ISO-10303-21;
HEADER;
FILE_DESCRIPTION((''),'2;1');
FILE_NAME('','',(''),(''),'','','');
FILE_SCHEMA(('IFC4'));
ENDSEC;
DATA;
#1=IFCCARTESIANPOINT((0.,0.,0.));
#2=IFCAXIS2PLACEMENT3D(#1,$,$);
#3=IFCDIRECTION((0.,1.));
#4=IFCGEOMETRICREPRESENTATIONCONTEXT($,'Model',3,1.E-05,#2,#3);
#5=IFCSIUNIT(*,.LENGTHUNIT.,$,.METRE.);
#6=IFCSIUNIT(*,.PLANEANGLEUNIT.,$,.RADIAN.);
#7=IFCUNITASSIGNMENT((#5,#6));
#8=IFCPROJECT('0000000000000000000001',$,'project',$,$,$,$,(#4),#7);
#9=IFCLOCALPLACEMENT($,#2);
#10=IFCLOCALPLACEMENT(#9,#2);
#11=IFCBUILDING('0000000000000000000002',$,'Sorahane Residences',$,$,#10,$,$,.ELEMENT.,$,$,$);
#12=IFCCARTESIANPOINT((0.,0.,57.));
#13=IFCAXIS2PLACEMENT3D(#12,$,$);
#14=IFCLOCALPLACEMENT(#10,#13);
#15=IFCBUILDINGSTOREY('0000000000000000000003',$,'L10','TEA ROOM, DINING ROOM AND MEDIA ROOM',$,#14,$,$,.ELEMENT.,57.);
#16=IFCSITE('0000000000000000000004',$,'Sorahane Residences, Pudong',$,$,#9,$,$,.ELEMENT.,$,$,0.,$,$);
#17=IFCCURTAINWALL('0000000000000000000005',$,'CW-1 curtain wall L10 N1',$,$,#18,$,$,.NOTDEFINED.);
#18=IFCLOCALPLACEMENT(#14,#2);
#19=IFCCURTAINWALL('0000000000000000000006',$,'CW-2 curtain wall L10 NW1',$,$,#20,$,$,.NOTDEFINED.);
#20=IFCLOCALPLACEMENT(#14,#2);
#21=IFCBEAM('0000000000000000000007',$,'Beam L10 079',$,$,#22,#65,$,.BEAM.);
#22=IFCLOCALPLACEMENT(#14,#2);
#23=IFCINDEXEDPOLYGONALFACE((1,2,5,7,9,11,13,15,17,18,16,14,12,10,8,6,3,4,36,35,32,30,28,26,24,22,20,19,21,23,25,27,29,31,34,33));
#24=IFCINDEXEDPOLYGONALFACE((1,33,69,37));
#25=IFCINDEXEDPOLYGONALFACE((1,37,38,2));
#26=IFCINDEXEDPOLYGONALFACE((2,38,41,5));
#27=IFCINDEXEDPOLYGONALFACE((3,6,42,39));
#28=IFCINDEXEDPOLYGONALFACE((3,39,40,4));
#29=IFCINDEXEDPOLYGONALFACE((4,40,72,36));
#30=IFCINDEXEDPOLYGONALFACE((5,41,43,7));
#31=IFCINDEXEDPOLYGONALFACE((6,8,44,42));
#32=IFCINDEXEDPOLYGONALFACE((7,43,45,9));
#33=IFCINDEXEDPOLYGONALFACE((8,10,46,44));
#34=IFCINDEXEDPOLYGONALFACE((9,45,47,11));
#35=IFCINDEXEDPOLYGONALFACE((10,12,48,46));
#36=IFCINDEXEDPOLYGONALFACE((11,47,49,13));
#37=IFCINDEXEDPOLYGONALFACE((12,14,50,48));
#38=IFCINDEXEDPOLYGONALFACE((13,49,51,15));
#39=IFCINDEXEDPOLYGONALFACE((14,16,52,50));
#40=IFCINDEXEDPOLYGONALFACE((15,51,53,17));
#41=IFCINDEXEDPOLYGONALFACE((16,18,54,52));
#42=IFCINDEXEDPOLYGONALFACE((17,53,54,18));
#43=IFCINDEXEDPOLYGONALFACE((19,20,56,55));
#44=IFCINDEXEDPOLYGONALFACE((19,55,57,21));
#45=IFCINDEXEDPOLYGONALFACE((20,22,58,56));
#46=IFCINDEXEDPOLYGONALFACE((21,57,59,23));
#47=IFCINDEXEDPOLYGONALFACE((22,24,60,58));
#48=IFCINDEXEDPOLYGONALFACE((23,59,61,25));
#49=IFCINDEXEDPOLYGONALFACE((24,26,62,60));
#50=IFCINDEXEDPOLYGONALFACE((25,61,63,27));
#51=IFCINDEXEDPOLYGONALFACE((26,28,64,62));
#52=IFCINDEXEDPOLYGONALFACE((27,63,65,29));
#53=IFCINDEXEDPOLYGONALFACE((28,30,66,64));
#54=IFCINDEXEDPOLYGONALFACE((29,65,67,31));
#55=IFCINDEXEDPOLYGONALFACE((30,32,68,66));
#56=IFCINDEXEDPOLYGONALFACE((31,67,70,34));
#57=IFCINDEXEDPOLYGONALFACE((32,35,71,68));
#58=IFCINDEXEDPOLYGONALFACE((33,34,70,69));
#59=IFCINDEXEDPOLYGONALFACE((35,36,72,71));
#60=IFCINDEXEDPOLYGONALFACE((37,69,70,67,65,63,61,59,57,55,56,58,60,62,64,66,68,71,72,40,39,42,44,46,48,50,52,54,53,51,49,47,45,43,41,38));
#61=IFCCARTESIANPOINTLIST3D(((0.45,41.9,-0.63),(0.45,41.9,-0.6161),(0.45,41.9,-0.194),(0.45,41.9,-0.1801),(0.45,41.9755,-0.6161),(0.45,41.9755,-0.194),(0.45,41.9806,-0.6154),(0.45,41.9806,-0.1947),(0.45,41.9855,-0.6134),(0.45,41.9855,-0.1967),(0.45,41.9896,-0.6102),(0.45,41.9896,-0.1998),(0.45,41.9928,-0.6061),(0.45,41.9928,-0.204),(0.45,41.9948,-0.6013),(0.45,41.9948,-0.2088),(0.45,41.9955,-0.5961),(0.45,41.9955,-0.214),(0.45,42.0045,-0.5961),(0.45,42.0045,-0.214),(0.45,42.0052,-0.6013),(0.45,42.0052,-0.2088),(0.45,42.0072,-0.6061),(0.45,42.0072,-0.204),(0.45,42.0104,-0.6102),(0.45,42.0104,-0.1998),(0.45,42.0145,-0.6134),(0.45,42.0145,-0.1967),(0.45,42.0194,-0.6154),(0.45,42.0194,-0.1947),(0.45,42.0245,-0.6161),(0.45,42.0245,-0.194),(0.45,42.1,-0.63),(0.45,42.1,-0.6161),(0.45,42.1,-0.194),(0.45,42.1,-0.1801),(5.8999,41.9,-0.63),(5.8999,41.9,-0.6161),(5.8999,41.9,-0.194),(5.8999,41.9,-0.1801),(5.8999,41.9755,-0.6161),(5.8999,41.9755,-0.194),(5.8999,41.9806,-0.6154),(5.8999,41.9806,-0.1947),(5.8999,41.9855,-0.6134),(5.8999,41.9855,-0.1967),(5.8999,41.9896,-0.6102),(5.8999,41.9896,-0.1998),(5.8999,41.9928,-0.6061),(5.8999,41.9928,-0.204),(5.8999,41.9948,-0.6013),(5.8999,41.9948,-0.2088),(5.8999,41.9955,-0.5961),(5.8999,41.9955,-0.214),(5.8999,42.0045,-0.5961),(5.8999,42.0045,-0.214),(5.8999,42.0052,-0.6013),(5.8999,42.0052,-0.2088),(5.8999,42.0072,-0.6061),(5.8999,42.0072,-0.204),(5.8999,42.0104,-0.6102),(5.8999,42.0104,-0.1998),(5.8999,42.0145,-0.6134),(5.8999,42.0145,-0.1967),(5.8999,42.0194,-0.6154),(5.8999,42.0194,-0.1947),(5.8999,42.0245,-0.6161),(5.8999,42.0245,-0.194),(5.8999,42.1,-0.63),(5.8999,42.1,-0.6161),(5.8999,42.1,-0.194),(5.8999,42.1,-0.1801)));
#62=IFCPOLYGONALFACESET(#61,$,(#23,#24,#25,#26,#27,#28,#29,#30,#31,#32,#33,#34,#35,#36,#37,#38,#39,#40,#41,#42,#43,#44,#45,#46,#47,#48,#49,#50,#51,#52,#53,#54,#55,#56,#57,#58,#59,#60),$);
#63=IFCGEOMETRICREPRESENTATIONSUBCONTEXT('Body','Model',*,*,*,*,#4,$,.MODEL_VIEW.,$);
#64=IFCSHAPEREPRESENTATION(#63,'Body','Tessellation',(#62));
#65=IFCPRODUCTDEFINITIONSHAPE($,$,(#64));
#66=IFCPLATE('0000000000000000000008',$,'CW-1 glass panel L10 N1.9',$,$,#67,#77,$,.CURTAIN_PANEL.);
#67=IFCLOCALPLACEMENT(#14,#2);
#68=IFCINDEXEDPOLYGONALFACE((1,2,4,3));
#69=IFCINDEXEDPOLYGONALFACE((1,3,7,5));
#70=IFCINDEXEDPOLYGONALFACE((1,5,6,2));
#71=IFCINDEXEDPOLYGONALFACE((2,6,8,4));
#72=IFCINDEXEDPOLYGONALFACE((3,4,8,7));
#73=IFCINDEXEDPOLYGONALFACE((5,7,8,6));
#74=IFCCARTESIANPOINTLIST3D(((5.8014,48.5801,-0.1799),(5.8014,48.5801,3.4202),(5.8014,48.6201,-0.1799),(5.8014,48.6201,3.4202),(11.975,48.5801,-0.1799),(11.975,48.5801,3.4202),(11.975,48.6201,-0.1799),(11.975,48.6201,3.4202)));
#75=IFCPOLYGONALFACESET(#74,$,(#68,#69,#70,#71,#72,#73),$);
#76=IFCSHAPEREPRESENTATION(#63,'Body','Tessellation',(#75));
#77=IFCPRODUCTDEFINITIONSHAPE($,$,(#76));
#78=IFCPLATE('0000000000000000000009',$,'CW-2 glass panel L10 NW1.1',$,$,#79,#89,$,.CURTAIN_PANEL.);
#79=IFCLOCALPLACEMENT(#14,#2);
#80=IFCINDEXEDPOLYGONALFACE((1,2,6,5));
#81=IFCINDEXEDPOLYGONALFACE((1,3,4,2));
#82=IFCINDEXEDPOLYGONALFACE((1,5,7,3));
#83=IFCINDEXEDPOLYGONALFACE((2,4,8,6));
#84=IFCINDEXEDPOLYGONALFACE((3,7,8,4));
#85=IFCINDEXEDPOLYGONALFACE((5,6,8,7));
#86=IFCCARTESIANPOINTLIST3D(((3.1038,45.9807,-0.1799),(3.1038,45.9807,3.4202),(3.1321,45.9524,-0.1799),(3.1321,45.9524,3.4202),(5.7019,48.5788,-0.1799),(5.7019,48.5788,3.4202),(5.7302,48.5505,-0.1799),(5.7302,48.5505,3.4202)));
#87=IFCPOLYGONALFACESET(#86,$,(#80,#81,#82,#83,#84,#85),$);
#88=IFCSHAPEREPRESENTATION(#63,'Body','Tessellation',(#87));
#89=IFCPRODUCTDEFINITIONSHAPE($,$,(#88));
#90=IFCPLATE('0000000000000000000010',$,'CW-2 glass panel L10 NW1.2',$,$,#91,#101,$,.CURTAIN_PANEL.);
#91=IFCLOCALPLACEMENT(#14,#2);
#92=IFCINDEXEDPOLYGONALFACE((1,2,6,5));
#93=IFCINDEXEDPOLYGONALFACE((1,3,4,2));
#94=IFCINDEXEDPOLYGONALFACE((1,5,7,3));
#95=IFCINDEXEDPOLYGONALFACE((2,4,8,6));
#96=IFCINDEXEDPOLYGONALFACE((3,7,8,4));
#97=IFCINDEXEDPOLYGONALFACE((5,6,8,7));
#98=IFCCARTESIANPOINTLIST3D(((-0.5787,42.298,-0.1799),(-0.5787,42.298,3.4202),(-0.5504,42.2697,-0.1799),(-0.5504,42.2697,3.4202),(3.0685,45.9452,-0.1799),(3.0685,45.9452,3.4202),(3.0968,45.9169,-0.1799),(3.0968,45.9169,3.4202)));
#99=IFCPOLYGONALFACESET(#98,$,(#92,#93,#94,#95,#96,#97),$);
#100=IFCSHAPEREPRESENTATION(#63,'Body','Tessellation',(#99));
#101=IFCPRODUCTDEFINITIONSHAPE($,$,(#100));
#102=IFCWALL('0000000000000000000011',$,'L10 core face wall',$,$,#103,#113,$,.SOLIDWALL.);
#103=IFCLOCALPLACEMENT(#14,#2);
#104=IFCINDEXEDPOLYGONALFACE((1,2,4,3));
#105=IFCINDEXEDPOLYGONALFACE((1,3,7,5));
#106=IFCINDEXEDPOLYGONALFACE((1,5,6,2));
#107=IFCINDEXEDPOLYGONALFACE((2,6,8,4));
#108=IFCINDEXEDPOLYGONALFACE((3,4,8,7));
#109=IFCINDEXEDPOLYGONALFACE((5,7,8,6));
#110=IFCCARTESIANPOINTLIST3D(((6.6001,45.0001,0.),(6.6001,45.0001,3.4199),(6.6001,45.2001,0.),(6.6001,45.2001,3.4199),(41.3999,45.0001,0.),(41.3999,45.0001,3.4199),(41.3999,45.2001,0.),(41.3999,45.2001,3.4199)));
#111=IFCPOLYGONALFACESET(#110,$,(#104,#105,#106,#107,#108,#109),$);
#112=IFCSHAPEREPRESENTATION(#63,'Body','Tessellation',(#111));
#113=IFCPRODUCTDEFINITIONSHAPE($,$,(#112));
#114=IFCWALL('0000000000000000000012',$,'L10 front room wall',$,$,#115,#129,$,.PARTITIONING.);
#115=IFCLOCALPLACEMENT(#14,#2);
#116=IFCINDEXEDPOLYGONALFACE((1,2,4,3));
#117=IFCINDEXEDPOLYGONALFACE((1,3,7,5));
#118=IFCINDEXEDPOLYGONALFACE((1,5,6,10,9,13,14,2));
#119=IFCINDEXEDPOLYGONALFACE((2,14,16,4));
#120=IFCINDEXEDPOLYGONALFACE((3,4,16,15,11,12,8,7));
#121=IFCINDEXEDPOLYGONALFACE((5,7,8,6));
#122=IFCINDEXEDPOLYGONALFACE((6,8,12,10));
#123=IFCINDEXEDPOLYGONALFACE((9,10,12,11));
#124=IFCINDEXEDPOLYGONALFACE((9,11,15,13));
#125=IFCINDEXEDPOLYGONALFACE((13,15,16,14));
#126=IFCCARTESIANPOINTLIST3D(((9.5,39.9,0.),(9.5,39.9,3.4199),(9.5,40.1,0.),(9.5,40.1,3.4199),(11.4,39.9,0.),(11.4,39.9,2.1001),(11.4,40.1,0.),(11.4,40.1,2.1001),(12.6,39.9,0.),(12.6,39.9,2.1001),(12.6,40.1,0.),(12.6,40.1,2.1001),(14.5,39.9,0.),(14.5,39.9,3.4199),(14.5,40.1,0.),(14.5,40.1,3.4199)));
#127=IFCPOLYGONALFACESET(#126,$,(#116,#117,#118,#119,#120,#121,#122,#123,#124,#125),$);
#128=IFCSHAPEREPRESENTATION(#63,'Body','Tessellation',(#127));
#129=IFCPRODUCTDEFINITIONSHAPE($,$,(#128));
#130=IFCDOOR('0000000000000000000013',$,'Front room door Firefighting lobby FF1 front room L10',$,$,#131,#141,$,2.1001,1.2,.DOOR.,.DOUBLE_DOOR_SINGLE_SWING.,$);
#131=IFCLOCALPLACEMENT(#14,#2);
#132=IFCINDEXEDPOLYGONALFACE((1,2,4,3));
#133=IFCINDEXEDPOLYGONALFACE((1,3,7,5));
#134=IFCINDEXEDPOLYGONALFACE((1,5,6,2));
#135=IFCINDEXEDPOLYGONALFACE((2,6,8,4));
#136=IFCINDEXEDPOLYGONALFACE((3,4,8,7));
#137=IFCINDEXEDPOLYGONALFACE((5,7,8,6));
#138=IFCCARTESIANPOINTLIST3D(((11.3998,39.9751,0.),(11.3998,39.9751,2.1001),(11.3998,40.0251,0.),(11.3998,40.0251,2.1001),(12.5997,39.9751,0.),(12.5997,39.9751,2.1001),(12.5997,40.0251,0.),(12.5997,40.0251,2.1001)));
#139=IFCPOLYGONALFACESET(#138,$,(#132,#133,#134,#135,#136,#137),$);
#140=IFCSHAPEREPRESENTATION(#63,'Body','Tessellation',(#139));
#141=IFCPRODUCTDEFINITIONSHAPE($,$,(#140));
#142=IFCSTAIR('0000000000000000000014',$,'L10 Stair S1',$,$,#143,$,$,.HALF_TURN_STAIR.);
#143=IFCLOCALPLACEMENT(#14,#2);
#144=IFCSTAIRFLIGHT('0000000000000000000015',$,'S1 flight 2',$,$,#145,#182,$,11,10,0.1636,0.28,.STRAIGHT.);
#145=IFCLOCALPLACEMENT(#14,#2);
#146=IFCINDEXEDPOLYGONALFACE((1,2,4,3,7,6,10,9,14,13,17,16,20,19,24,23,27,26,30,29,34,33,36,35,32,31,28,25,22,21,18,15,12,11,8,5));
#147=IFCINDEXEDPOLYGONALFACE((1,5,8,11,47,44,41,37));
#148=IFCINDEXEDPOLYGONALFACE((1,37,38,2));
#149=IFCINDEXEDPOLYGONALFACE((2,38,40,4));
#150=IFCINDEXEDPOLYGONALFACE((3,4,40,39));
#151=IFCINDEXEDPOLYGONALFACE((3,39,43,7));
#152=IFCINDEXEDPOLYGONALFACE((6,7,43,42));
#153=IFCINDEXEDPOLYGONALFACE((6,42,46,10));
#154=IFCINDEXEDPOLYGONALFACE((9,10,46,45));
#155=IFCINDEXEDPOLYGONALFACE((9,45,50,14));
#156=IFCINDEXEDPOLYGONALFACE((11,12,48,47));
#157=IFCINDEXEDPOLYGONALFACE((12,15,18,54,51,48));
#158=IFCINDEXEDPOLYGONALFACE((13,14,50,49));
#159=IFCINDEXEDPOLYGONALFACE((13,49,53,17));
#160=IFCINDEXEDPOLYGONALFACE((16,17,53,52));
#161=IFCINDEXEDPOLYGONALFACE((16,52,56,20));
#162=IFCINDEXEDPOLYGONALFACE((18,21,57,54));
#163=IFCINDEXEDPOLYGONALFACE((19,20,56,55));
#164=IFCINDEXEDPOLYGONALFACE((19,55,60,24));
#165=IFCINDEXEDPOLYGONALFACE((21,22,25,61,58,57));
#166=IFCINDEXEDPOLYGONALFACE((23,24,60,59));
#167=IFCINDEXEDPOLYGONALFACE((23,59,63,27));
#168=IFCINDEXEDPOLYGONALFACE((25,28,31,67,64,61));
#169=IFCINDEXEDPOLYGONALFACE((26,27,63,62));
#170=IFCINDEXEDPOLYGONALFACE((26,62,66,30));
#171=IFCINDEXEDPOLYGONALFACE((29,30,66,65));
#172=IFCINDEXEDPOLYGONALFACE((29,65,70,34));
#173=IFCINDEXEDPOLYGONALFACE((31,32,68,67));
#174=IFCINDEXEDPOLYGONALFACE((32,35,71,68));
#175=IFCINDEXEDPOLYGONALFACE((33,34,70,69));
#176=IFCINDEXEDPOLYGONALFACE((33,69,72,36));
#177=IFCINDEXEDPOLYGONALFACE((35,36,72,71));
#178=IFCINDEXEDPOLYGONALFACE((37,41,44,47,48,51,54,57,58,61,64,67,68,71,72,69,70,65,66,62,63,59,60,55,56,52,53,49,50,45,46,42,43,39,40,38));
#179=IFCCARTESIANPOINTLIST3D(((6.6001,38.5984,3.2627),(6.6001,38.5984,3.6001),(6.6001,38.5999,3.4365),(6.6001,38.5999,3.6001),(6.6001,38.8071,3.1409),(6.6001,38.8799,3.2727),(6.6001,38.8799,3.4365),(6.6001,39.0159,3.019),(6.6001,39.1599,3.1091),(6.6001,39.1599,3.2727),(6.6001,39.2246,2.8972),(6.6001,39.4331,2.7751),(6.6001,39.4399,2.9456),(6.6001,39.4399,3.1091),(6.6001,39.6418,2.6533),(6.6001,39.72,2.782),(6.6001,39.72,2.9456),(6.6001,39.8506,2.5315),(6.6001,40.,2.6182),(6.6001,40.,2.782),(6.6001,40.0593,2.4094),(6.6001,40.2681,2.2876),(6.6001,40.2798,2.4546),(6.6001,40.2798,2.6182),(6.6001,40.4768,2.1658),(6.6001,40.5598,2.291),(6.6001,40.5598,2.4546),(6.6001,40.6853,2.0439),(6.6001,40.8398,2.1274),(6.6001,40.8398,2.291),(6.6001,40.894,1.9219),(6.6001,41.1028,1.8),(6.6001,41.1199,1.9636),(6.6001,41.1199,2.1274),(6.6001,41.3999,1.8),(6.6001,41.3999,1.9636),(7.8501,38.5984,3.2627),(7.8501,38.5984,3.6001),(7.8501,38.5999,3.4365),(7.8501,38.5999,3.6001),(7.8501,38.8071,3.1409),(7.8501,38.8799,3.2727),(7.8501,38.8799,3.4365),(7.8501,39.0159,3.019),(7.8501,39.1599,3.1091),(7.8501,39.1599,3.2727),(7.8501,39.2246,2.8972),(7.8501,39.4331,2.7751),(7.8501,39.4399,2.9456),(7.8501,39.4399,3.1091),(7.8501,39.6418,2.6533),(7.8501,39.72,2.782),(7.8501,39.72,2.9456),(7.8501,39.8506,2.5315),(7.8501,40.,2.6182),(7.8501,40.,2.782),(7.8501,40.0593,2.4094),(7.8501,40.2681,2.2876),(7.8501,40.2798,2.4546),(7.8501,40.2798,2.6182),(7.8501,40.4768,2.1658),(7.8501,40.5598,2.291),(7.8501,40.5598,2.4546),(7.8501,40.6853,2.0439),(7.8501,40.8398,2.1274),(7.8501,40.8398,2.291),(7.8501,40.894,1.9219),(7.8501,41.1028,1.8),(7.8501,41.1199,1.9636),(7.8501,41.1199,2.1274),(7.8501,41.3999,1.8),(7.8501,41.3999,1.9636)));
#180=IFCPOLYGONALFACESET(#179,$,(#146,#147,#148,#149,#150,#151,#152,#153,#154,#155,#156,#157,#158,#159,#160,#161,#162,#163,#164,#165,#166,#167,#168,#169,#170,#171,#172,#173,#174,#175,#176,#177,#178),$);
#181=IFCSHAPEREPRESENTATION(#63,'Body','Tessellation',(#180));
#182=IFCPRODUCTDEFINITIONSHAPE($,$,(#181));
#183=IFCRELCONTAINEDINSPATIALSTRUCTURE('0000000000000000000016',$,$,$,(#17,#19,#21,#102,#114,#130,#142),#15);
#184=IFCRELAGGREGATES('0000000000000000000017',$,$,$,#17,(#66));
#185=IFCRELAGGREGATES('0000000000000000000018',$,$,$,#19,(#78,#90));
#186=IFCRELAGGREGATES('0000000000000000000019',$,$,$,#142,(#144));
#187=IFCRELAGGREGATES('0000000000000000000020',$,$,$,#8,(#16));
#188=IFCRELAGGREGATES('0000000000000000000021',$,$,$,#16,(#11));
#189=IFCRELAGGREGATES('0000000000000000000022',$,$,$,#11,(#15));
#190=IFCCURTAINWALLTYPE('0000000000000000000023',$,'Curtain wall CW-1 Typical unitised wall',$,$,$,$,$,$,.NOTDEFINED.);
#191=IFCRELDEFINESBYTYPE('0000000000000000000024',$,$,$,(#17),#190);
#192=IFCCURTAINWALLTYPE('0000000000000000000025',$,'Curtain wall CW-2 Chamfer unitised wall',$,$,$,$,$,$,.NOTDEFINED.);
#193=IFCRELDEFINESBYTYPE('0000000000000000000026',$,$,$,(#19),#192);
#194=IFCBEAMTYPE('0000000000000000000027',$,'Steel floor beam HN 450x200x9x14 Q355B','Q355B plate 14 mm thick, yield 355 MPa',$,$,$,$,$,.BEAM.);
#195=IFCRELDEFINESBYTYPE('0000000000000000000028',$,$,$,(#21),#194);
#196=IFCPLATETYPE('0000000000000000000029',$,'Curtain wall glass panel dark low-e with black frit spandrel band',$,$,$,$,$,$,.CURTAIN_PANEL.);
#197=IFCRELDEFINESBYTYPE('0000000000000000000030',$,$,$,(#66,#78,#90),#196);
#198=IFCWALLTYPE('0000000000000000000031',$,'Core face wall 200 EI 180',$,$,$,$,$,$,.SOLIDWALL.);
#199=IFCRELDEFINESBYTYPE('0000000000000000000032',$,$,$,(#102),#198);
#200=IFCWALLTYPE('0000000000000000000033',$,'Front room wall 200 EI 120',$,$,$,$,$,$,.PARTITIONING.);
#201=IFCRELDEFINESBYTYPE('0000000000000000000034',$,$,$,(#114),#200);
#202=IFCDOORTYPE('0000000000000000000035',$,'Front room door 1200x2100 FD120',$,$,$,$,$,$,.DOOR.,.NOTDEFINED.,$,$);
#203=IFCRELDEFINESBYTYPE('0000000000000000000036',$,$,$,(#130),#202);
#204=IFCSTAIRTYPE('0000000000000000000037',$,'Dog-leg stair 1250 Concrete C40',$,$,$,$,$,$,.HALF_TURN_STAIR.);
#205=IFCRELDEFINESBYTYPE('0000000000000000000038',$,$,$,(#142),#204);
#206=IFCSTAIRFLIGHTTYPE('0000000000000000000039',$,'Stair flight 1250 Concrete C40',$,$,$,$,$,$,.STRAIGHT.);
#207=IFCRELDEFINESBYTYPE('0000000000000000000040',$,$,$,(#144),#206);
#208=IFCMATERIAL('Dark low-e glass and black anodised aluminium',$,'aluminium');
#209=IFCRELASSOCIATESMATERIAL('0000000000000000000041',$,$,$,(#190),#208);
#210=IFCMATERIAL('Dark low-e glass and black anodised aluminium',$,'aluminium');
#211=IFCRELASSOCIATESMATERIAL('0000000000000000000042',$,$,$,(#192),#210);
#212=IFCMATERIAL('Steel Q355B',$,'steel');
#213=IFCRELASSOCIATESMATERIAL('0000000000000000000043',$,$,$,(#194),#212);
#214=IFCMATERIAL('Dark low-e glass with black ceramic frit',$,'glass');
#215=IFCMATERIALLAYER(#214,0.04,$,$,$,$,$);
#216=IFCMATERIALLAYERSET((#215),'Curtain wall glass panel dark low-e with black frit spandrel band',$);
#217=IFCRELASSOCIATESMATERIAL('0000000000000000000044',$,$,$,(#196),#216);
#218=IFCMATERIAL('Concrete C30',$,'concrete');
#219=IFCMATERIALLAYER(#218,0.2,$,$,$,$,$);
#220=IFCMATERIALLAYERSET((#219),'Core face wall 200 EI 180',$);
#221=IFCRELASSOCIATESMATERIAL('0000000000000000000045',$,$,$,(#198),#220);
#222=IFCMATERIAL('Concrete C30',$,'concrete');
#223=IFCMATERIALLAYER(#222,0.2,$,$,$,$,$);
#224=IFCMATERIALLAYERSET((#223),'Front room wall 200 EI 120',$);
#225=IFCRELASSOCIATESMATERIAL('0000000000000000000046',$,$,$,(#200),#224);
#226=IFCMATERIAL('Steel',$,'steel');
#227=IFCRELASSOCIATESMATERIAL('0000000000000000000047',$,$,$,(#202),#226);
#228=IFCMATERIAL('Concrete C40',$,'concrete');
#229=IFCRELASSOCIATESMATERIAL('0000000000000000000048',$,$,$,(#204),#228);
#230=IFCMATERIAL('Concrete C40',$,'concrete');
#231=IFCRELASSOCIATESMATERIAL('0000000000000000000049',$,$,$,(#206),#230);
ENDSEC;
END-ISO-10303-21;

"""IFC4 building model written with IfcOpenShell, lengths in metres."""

from ifc_helpers import new_model, si_unit, direction, frame, frame_2d, origin, origin_2d, place, context, subcontext, project, spatial, polyline, rectangle, i_section, outline, extrude, material, layer, layer_set, material_profile, profile_set, type_object, element, fill, aggregate, save


model = new_model("IFC4")

# Units and contexts
model_context = context("Model", 3, precision=1e-05, world=origin(), true_north=direction((0.0, 1.0)))
body_context = subcontext(model_context, "Body", "Model", "MODEL_VIEW")
ifc_project = project(units=[si_unit("LENGTHUNIT", "METRE"), si_unit("PLANEANGLEUNIT", "RADIAN")], contexts=[model_context])

# Site, building, storey
site_placement = place(None, origin())
site = spatial("IfcSite", under=ifc_project, at=site_placement, Name="Sorahane Residences, Pudong", CompositionType="ELEMENT", RefElevation=0.0)
building_placement = place(site_placement, origin())
building = spatial("IfcBuilding", under=site, at=building_placement, Name="Sorahane Residences", CompositionType="ELEMENT")
storey_placement = place(building_placement, frame((0.0, 0.0, 57.0)))
storey = spatial("IfcBuildingStorey", under=building, at=storey_placement, Name="L10", Description="TEA ROOM, DINING ROOM AND MEDIA ROOM", CompositionType="ELEMENT", Elevation=57.0)

# Curtain walls
ifc_material_1 = material(Name="Dark low-e glass and black anodised aluminium", Category="aluminium")
curtain_wall_type_1 = type_object("IfcCurtainWallType", Name="Curtain wall CW-1 Typical unitised wall", PredefinedType="NOTDEFINED", material=ifc_material_1)
curtain_wall_1_placement = place(storey_placement, origin())
curtain_wall_1 = element("IfcCurtainWall", 1, at=curtain_wall_1_placement, inside=storey, type_object=curtain_wall_type_1, Name="CW-1 curtain wall L10 N1", PredefinedType="NOTDEFINED")
ifc_material_2 = material(Name="Dark low-e glass and black anodised aluminium", Category="aluminium")
curtain_wall_type_2 = type_object("IfcCurtainWallType", Name="Curtain wall CW-2 Chamfer unitised wall", PredefinedType="NOTDEFINED", material=ifc_material_2)
curtain_wall_2_placement = place(storey_placement, origin())
curtain_wall_2 = element("IfcCurtainWall", 2, at=curtain_wall_2_placement, inside=storey, type_object=curtain_wall_type_2, Name="CW-2 curtain wall L10 NW1", PredefinedType="NOTDEFINED")

# Beam
ifc_material_3 = material(Name="Steel Q355B", Category="steel")
ifc_material_profile_1 = material_profile(ifc_material_3, i_section(OverallWidth=0.2, OverallDepth=0.45, WebThickness=0.009, FlangeThickness=0.0139, FilletRadius=0.02, at=origin_2d()), Name="HN 450x200x9x14")
ifc_profile_set_1 = profile_set([ifc_material_profile_1], Name="Steel Q355B")
beam_type_1 = type_object("IfcBeamType", Name="Steel floor beam HN 450x200x9x14 Q355B", Description="Q355B plate 14 mm thick, yield 355 MPa", PredefinedType="BEAM", material=ifc_profile_set_1)
beam_1_placement = place(storey_placement, frame((0.45, 42.0, -0.405), z_axis=(1.0, 0.0, 0.0), x_axis=(0.0, 1.0, 0.0)))
element("IfcBeam", 3, at=beam_1_placement, inside=storey, type_object=beam_type_1, Name="Beam L10 079", PredefinedType="BEAM", context=body_context, shape_type="SweptSolid", body=[
    extrude(i_section(OverallWidth=0.2, OverallDepth=0.45, WebThickness=0.009, FlangeThickness=0.0139, FilletRadius=0.02, at=origin_2d()), origin(), (0.0, 0.0, 1.0), 5.45),
])

# Plates
ifc_material_4 = material(Name="Dark low-e glass with black ceramic frit", Category="glass")
ifc_layer_1 = layer(ifc_material_4, 0.04)
ifc_layer_set_1 = layer_set([ifc_layer_1], Name="Curtain wall glass panel dark low-e with black frit spandrel band")
plate_type = type_object("IfcPlateType", Name="Curtain wall glass panel dark low-e with black frit spandrel band", PredefinedType="CURTAIN_PANEL", material=ifc_layer_set_1)
plate_1_placement = place(storey_placement, frame((8.8882, 48.6001, -0.1799), z_axis=(0.0, 0.0, 1.0), x_axis=(-1.0, 0.0, 0.0)))
plate_1 = element("IfcPlate", 4, at=plate_1_placement, type_object=plate_type, Name="CW-1 glass panel L10 N1.9", PredefinedType="CURTAIN_PANEL", context=body_context, shape_type="SweptSolid", body=[
    extrude(rectangle(XDim=6.1736, YDim=0.04, at=origin_2d()), origin(), (0.0, 0.0, 1.0), 3.6001),
])
aggregate(curtain_wall_1, [plate_1])
plate_2_placement = place(storey_placement, frame((4.417, 47.2656, -0.1799), z_axis=(0.0, 0.0, 1.0), x_axis=(-0.707107, -0.707107, 0.0)))
plate_2 = element("IfcPlate", 5, at=plate_2_placement, type_object=plate_type, Name="CW-2 glass panel L10 NW1.1", PredefinedType="CURTAIN_PANEL", context=body_context, shape_type="SweptSolid", body=[
    extrude(rectangle(XDim=3.6743, YDim=0.04, at=origin_2d()), origin(), (0.0, 0.0, 1.0), 3.6001),
])
plate_3_placement = place(storey_placement, frame((1.259, 44.1074, -0.1799), z_axis=(0.0, 0.0, 1.0), x_axis=(-0.707107, -0.707107, 0.0)))
plate_3 = element("IfcPlate", 6, at=plate_3_placement, type_object=plate_type, Name="CW-2 glass panel L10 NW1.2", PredefinedType="CURTAIN_PANEL", context=body_context, shape_type="SweptSolid", body=[
    extrude(rectangle(XDim=5.158, YDim=0.04, at=origin_2d()), origin(), (0.0, 0.0, 1.0), 3.6001),
])
aggregate(curtain_wall_2, [plate_2, plate_3])

# Wall
ifc_material_5 = material(Name="Concrete C30", Category="concrete")
ifc_layer_2 = layer(ifc_material_5, 0.2)
ifc_layer_set_2 = layer_set([ifc_layer_2], Name="Core face wall 200 EI 180")
wall_type_1 = type_object("IfcWallType", Name="Core face wall 200 EI 180", PredefinedType="SOLIDWALL", material=ifc_layer_set_2)
wall_1_placement = place(storey_placement, frame((6.6001, 45.1001, 0.0), z_axis=(0.0, 0.0, 1.0), x_axis=(1.0, 0.0, 0.0)))
element("IfcWall", 7, at=wall_1_placement, inside=storey, type_object=wall_type_1, Name="L10 core face wall", PredefinedType="SOLIDWALL", context=body_context, shape_type="SweptSolid", body=[
    extrude(rectangle(XDim=34.7998, YDim=0.2, at=frame_2d((17.3999, 0.0))), origin(), (0.0, 0.0, 1.0), 3.4199),
])

# Wall, opening, door
ifc_material_6 = material(Name="Concrete C30", Category="concrete")
ifc_layer_3 = layer(ifc_material_6, 0.2)
ifc_layer_set_3 = layer_set([ifc_layer_3], Name="Front room wall 200 EI 120")
wall_type_2 = type_object("IfcWallType", Name="Front room wall 200 EI 120", PredefinedType="PARTITIONING", material=ifc_layer_set_3)
wall_2_placement = place(storey_placement, frame((9.5, 40.0, 0.0), z_axis=(0.0, 0.0, 1.0), x_axis=(1.0, 0.0, 0.0)))
wall_2 = element("IfcWall", 8, at=wall_2_placement, inside=storey, type_object=wall_type_2, Name="L10 front room wall", PredefinedType="PARTITIONING", context=body_context, shape_type="SweptSolid", body=[
    extrude(rectangle(XDim=5.0, YDim=0.2, at=frame_2d((2.5, 0.0))), origin(), (0.0, 0.0, 1.0), 3.4199),
])
opening_placement = place(wall_2_placement, frame((1.8999, 0.0, 0.0)))
opening = element("IfcOpeningElement", 9, at=opening_placement, cuts=wall_2, PredefinedType="OPENING", context=body_context, shape_type="SweptSolid", body=[
    extrude(rectangle(XDim=1.2, YDim=2.1001, at=frame_2d((0.6001, 1.05))), frame((0.0, 0.1099, 0.0), z_axis=(0.0, -1.0, 0.0), x_axis=(1.0, 0.0, 0.0)), (0.0, 0.0, 1.0), 0.22),
])
ifc_material_7 = material(Name="Steel", Category="steel")
door_type = type_object("IfcDoorType", Name="Front room door 1200x2100 FD120", OperationType="NOTDEFINED", PredefinedType="DOOR", material=ifc_material_7)
door_placement = place(opening_placement, frame((1.2, 0.0, 0.0), z_axis=(0.0, 0.0, 1.0), x_axis=(-1.0, 0.0, 0.0)))
door = element("IfcDoor", 10, at=door_placement, inside=storey, type_object=door_type, Name="Front room door Firefighting lobby FF1 front room L10", OperationType="DOUBLE_DOOR_SINGLE_SWING", OverallHeight=2.1001, OverallWidth=1.2, PredefinedType="DOOR", context=body_context, shape_type="SweptSolid", body=[
    extrude(rectangle(XDim=1.2, YDim=2.1001, at=frame_2d((0.6001, 1.05))), frame((0.0, 0.0249, 0.0), z_axis=(0.0, -1.0, 0.0), x_axis=(1.0, 0.0, 0.0)), (0.0, 0.0, 1.0), 0.05),
])
fill(opening, door)

# Stair, stair flight
ifc_material_8 = material(Name="Concrete C40", Category="concrete")
stair_type = type_object("IfcStairType", Name="Dog-leg stair 1250 Concrete C40", PredefinedType="HALF_TURN_STAIR", material=ifc_material_8)
stair_placement = place(storey_placement, origin())
stair = element("IfcStair", 11, at=stair_placement, inside=storey, type_object=stair_type, Name="L10 Stair S1", PredefinedType="HALF_TURN_STAIR")
ifc_material_9 = material(Name="Concrete C40", Category="concrete")
stair_flight_type = type_object("IfcStairFlightType", Name="Stair flight 1250 Concrete C40", PredefinedType="STRAIGHT", material=ifc_material_9)
stair_flight_placement = place(storey_placement, frame((7.2251, 41.3999, 1.8), z_axis=(0.0, 0.0, 1.0), x_axis=(0.0, -1.0, 0.0)))
stair_flight = element("IfcStairFlight", 12, at=stair_flight_placement, type_object=stair_flight_type, Name="S1 flight 2", NumberOfRisers=11, NumberOfTreads=10, PredefinedType="STRAIGHT", RiserHeight=0.1636, TreadLength=0.28, context=body_context, shape_type="SweptSolid", body=[
    extrude(outline(polyline([(0.0, 0.0), (0.0, 0.1636), (0.28, 0.1636), (0.28, 0.3274), (0.5601, 0.3274), (0.5601, 0.491), (0.8401, 0.491), (0.8401, 0.6545), (1.1201, 0.6545), (1.1201, 0.8181), (1.3999, 0.8181), (1.3999, 0.9819), (1.6799, 0.9819), (1.6799, 1.1455), (1.96, 1.1455), (1.96, 1.3091), (2.24, 1.3091), (2.24, 1.4727), (2.52, 1.4727), (2.52, 1.6365), (2.8, 1.6365), (2.8, 1.8), (2.8015, 1.8), (2.8015, 1.4626), (2.5928, 1.3408), (2.384, 1.219), (2.1753, 1.0972), (1.9668, 0.9751), (1.7581, 0.8533), (1.5493, 0.7314), (1.3406, 0.6094), (1.1318, 0.4875), (0.9231, 0.3657), (0.7146, 0.2439), (0.5059, 0.1218), (0.2971, 0.0), (0.0, 0.0)])), frame((0.0, 0.625, 0.0), z_axis=(0.0, -1.0, 0.0), x_axis=(1.0, 0.0, 0.0)), (0.0, 0.0, 1.0), 1.25),
])
aggregate(stair, [stair_flight])

save(model, "model.ifc")
